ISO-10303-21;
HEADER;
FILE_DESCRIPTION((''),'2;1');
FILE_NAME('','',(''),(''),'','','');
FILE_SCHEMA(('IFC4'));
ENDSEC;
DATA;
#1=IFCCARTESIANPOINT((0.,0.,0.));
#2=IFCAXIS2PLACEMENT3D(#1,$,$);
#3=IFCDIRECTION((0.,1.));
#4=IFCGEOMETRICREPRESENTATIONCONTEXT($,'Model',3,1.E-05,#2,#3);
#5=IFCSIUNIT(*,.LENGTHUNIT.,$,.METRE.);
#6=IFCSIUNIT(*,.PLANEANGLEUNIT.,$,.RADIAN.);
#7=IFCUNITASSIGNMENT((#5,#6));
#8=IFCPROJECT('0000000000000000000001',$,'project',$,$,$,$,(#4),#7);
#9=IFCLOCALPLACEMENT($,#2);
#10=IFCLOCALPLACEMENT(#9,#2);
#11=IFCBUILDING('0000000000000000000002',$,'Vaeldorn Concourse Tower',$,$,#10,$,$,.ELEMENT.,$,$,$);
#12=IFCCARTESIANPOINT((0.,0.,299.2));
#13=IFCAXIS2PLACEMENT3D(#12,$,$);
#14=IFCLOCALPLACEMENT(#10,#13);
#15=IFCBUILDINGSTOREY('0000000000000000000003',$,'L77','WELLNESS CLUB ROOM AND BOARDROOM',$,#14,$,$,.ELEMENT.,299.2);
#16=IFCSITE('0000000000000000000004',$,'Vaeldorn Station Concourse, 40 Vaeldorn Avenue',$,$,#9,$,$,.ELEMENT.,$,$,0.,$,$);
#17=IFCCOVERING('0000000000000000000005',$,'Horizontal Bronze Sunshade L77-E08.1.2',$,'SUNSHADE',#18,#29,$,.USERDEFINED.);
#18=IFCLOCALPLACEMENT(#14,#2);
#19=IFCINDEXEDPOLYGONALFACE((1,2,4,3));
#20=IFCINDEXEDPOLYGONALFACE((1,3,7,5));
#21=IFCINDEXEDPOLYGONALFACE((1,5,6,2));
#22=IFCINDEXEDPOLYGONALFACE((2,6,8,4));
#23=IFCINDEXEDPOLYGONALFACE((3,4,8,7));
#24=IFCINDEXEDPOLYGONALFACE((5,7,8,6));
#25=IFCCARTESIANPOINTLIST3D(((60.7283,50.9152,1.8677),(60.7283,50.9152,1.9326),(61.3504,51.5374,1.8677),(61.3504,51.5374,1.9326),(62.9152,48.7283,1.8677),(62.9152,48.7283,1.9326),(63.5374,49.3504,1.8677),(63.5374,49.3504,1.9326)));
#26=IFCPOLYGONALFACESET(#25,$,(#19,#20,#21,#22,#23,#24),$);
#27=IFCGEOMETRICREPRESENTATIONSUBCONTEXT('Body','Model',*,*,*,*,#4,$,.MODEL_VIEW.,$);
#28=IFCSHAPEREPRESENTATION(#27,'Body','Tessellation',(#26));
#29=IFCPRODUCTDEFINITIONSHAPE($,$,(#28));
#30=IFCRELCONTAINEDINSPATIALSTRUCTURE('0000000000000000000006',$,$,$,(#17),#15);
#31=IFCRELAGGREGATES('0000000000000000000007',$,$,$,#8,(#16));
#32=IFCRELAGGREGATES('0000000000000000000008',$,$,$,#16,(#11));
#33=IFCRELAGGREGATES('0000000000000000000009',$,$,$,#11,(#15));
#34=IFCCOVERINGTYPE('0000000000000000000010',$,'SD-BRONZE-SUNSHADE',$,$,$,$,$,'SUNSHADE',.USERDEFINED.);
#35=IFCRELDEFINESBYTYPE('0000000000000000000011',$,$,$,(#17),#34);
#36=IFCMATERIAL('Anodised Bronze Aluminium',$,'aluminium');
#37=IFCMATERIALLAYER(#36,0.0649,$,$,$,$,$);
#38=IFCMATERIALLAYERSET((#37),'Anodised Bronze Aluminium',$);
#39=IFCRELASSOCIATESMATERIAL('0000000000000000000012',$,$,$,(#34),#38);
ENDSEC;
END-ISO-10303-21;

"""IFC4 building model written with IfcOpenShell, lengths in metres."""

from ifc_helpers import new_model, si_unit, direction, frame, origin, origin_2d, place, context, subcontext, project, spatial, rectangle, extrude, source, transform, mapped, material, layer, layer_set, type_object, element, save


model = new_model("IFC4")

# Units and contexts
model_context = context("Model", 3, precision=1e-05, world=origin(), true_north=direction((0.0, 1.0)))
body_context = subcontext(model_context, "Body", "Model", "MODEL_VIEW")
ifc_project = project(units=[si_unit("LENGTHUNIT", "METRE"), si_unit("PLANEANGLEUNIT", "RADIAN")], contexts=[model_context])

# Site, building, storey
site_placement = place(None, origin())
site = spatial("IfcSite", under=ifc_project, at=site_placement, Name="Vaeldorn Station Concourse, 40 Vaeldorn Avenue", CompositionType="ELEMENT", RefElevation=0.0)
building_placement = place(site_placement, origin())
building = spatial("IfcBuilding", under=site, at=building_placement, Name="Vaeldorn Concourse Tower", CompositionType="ELEMENT")
storey_placement = place(building_placement, frame((0.0, 0.0, 299.2)))
storey = spatial("IfcBuildingStorey", under=building, at=storey_placement, Name="L77", Description="WELLNESS CLUB ROOM AND BOARDROOM", CompositionType="ELEMENT", Elevation=299.2)

# Shared definitions
ifc_material_1 = material(Name="Anodised Bronze Aluminium", Category="aluminium")

# Covering
ifc_layer_1 = layer(ifc_material_1, 0.0649)
ifc_layer_set_1 = layer_set([ifc_layer_1], Name="Anodised Bronze Aluminium")
covering_type = type_object("IfcCoveringType", Name="SD-BRONZE-SUNSHADE", ElementType="SUNSHADE", PredefinedType="USERDEFINED", material=ifc_layer_set_1)
shared_shape_1 = source(origin(), body_context, "Body", "SweptSolid", [
    extrude(rectangle(XDim=3.0928, YDim=0.8799, at=origin_2d()), origin(), (0.0, 0.0, 1.0), 0.0649),
])
for number, where, z_axis, x_axis, name in (
    (1, (62.1328, 50.1328, 1.8677), (0.0, 0.0, 1.0), (-0.707107, 0.707107, 0.0), "Horizontal Bronze Sunshade L77-E08.1.2"),
):
    element("IfcCovering", number, at=place(storey_placement, frame(where, z_axis=z_axis, x_axis=x_axis)), inside=storey, type_object=covering_type, Name=name, ObjectType="SUNSHADE", PredefinedType="USERDEFINED", context=body_context, shape_type="MappedRepresentation", body=[
        mapped(shared_shape_1, transform((0.0, 0.0, 0.0), scale=1.0)),
    ])

save(model, "model.ifc")
